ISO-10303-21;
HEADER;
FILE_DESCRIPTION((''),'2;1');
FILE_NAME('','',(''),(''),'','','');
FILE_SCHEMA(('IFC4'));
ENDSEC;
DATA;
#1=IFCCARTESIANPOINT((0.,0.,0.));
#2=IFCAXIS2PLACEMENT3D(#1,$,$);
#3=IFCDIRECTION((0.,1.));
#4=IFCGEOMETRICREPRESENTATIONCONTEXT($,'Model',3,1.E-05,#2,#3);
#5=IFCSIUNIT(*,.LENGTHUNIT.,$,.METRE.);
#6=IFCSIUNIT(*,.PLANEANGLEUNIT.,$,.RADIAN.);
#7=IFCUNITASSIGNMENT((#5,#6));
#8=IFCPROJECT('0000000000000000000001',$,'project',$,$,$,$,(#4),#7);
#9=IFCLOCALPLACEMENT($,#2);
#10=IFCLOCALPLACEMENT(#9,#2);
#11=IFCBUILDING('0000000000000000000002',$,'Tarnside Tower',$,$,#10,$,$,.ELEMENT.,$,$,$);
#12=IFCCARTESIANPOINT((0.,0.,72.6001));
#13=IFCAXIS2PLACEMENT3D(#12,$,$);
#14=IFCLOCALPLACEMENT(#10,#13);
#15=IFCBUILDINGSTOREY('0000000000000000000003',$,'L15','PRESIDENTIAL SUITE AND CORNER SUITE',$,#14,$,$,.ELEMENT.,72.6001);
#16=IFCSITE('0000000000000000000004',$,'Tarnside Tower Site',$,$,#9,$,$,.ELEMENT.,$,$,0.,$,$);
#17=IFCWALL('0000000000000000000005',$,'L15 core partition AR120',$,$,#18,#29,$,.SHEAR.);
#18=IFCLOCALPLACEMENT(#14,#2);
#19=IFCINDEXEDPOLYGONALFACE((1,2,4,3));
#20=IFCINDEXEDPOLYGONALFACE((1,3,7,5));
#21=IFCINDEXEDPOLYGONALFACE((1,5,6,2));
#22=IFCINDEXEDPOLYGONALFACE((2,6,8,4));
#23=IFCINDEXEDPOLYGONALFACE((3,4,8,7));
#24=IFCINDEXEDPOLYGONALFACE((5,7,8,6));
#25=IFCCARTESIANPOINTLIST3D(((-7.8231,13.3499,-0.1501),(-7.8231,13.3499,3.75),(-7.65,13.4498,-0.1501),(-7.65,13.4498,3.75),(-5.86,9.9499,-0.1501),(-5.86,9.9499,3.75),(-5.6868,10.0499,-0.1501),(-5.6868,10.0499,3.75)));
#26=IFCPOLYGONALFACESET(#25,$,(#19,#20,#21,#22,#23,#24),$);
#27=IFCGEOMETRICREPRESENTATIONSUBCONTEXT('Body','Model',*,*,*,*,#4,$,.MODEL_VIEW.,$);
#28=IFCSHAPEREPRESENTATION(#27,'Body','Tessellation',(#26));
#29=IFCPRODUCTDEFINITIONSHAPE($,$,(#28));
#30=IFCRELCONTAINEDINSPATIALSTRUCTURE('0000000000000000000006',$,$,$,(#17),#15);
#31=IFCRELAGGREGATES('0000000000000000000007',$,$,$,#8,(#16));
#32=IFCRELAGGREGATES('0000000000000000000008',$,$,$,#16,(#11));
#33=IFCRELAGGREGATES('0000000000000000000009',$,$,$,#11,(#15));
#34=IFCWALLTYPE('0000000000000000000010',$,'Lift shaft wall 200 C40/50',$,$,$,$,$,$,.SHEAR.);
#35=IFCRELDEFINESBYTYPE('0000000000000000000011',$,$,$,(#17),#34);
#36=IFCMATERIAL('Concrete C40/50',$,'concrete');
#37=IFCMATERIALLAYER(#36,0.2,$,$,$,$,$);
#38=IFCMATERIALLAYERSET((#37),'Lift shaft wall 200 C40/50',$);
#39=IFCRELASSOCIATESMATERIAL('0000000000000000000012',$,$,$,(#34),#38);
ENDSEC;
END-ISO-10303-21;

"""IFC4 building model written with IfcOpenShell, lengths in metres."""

from ifc_helpers import new_model, si_unit, direction, frame, frame_2d, origin, place, context, subcontext, project, spatial, rectangle, extrude, material, layer, layer_set, type_object, element, save


model = new_model("IFC4")

# Units and contexts
model_context = context("Model", 3, precision=1e-05, world=origin(), true_north=direction((0.0, 1.0)))
body_context = subcontext(model_context, "Body", "Model", "MODEL_VIEW")
ifc_project = project(units=[si_unit("LENGTHUNIT", "METRE"), si_unit("PLANEANGLEUNIT", "RADIAN")], contexts=[model_context])

# Site, building, storey
site_placement = place(None, origin())
site = spatial("IfcSite", under=ifc_project, at=site_placement, Name="Tarnside Tower Site", CompositionType="ELEMENT", RefElevation=0.0)
building_placement = place(site_placement, origin())
building = spatial("IfcBuilding", under=site, at=building_placement, Name="Tarnside Tower", CompositionType="ELEMENT")
storey_placement = place(building_placement, frame((0.0, 0.0, 72.6001)))
storey = spatial("IfcBuildingStorey", under=building, at=storey_placement, Name="L15", Description="PRESIDENTIAL SUITE AND CORNER SUITE", CompositionType="ELEMENT", Elevation=72.6001)

# Wall
ifc_material_1 = material(Name="Concrete C40/50", Category="concrete")
ifc_layer_1 = layer(ifc_material_1, 0.2)
ifc_layer_set_1 = layer_set([ifc_layer_1], Name="Lift shaft wall 200 C40/50")
wall_type_1 = type_object("IfcWallType", Name="Lift shaft wall 200 C40/50", PredefinedType="SHEAR", material=ifc_layer_set_1)
wall_1_placement = place(storey_placement, frame((-5.7734, 10.0, -0.1501), z_axis=(0.0, 0.0, 1.0), x_axis=(-0.500038, 0.866003, 0.0)))
element("IfcWall", 1, at=wall_1_placement, inside=storey, type_object=wall_type_1, Name="L15 core partition AR120", PredefinedType="SHEAR", context=body_context, shape_type="SweptSolid", body=[
    extrude(rectangle(XDim=3.926, YDim=0.2, at=frame_2d((1.9629, 0.0))), origin(), (0.0, 0.0, 1.0), 3.9001),
])

save(model, "model.ifc")
